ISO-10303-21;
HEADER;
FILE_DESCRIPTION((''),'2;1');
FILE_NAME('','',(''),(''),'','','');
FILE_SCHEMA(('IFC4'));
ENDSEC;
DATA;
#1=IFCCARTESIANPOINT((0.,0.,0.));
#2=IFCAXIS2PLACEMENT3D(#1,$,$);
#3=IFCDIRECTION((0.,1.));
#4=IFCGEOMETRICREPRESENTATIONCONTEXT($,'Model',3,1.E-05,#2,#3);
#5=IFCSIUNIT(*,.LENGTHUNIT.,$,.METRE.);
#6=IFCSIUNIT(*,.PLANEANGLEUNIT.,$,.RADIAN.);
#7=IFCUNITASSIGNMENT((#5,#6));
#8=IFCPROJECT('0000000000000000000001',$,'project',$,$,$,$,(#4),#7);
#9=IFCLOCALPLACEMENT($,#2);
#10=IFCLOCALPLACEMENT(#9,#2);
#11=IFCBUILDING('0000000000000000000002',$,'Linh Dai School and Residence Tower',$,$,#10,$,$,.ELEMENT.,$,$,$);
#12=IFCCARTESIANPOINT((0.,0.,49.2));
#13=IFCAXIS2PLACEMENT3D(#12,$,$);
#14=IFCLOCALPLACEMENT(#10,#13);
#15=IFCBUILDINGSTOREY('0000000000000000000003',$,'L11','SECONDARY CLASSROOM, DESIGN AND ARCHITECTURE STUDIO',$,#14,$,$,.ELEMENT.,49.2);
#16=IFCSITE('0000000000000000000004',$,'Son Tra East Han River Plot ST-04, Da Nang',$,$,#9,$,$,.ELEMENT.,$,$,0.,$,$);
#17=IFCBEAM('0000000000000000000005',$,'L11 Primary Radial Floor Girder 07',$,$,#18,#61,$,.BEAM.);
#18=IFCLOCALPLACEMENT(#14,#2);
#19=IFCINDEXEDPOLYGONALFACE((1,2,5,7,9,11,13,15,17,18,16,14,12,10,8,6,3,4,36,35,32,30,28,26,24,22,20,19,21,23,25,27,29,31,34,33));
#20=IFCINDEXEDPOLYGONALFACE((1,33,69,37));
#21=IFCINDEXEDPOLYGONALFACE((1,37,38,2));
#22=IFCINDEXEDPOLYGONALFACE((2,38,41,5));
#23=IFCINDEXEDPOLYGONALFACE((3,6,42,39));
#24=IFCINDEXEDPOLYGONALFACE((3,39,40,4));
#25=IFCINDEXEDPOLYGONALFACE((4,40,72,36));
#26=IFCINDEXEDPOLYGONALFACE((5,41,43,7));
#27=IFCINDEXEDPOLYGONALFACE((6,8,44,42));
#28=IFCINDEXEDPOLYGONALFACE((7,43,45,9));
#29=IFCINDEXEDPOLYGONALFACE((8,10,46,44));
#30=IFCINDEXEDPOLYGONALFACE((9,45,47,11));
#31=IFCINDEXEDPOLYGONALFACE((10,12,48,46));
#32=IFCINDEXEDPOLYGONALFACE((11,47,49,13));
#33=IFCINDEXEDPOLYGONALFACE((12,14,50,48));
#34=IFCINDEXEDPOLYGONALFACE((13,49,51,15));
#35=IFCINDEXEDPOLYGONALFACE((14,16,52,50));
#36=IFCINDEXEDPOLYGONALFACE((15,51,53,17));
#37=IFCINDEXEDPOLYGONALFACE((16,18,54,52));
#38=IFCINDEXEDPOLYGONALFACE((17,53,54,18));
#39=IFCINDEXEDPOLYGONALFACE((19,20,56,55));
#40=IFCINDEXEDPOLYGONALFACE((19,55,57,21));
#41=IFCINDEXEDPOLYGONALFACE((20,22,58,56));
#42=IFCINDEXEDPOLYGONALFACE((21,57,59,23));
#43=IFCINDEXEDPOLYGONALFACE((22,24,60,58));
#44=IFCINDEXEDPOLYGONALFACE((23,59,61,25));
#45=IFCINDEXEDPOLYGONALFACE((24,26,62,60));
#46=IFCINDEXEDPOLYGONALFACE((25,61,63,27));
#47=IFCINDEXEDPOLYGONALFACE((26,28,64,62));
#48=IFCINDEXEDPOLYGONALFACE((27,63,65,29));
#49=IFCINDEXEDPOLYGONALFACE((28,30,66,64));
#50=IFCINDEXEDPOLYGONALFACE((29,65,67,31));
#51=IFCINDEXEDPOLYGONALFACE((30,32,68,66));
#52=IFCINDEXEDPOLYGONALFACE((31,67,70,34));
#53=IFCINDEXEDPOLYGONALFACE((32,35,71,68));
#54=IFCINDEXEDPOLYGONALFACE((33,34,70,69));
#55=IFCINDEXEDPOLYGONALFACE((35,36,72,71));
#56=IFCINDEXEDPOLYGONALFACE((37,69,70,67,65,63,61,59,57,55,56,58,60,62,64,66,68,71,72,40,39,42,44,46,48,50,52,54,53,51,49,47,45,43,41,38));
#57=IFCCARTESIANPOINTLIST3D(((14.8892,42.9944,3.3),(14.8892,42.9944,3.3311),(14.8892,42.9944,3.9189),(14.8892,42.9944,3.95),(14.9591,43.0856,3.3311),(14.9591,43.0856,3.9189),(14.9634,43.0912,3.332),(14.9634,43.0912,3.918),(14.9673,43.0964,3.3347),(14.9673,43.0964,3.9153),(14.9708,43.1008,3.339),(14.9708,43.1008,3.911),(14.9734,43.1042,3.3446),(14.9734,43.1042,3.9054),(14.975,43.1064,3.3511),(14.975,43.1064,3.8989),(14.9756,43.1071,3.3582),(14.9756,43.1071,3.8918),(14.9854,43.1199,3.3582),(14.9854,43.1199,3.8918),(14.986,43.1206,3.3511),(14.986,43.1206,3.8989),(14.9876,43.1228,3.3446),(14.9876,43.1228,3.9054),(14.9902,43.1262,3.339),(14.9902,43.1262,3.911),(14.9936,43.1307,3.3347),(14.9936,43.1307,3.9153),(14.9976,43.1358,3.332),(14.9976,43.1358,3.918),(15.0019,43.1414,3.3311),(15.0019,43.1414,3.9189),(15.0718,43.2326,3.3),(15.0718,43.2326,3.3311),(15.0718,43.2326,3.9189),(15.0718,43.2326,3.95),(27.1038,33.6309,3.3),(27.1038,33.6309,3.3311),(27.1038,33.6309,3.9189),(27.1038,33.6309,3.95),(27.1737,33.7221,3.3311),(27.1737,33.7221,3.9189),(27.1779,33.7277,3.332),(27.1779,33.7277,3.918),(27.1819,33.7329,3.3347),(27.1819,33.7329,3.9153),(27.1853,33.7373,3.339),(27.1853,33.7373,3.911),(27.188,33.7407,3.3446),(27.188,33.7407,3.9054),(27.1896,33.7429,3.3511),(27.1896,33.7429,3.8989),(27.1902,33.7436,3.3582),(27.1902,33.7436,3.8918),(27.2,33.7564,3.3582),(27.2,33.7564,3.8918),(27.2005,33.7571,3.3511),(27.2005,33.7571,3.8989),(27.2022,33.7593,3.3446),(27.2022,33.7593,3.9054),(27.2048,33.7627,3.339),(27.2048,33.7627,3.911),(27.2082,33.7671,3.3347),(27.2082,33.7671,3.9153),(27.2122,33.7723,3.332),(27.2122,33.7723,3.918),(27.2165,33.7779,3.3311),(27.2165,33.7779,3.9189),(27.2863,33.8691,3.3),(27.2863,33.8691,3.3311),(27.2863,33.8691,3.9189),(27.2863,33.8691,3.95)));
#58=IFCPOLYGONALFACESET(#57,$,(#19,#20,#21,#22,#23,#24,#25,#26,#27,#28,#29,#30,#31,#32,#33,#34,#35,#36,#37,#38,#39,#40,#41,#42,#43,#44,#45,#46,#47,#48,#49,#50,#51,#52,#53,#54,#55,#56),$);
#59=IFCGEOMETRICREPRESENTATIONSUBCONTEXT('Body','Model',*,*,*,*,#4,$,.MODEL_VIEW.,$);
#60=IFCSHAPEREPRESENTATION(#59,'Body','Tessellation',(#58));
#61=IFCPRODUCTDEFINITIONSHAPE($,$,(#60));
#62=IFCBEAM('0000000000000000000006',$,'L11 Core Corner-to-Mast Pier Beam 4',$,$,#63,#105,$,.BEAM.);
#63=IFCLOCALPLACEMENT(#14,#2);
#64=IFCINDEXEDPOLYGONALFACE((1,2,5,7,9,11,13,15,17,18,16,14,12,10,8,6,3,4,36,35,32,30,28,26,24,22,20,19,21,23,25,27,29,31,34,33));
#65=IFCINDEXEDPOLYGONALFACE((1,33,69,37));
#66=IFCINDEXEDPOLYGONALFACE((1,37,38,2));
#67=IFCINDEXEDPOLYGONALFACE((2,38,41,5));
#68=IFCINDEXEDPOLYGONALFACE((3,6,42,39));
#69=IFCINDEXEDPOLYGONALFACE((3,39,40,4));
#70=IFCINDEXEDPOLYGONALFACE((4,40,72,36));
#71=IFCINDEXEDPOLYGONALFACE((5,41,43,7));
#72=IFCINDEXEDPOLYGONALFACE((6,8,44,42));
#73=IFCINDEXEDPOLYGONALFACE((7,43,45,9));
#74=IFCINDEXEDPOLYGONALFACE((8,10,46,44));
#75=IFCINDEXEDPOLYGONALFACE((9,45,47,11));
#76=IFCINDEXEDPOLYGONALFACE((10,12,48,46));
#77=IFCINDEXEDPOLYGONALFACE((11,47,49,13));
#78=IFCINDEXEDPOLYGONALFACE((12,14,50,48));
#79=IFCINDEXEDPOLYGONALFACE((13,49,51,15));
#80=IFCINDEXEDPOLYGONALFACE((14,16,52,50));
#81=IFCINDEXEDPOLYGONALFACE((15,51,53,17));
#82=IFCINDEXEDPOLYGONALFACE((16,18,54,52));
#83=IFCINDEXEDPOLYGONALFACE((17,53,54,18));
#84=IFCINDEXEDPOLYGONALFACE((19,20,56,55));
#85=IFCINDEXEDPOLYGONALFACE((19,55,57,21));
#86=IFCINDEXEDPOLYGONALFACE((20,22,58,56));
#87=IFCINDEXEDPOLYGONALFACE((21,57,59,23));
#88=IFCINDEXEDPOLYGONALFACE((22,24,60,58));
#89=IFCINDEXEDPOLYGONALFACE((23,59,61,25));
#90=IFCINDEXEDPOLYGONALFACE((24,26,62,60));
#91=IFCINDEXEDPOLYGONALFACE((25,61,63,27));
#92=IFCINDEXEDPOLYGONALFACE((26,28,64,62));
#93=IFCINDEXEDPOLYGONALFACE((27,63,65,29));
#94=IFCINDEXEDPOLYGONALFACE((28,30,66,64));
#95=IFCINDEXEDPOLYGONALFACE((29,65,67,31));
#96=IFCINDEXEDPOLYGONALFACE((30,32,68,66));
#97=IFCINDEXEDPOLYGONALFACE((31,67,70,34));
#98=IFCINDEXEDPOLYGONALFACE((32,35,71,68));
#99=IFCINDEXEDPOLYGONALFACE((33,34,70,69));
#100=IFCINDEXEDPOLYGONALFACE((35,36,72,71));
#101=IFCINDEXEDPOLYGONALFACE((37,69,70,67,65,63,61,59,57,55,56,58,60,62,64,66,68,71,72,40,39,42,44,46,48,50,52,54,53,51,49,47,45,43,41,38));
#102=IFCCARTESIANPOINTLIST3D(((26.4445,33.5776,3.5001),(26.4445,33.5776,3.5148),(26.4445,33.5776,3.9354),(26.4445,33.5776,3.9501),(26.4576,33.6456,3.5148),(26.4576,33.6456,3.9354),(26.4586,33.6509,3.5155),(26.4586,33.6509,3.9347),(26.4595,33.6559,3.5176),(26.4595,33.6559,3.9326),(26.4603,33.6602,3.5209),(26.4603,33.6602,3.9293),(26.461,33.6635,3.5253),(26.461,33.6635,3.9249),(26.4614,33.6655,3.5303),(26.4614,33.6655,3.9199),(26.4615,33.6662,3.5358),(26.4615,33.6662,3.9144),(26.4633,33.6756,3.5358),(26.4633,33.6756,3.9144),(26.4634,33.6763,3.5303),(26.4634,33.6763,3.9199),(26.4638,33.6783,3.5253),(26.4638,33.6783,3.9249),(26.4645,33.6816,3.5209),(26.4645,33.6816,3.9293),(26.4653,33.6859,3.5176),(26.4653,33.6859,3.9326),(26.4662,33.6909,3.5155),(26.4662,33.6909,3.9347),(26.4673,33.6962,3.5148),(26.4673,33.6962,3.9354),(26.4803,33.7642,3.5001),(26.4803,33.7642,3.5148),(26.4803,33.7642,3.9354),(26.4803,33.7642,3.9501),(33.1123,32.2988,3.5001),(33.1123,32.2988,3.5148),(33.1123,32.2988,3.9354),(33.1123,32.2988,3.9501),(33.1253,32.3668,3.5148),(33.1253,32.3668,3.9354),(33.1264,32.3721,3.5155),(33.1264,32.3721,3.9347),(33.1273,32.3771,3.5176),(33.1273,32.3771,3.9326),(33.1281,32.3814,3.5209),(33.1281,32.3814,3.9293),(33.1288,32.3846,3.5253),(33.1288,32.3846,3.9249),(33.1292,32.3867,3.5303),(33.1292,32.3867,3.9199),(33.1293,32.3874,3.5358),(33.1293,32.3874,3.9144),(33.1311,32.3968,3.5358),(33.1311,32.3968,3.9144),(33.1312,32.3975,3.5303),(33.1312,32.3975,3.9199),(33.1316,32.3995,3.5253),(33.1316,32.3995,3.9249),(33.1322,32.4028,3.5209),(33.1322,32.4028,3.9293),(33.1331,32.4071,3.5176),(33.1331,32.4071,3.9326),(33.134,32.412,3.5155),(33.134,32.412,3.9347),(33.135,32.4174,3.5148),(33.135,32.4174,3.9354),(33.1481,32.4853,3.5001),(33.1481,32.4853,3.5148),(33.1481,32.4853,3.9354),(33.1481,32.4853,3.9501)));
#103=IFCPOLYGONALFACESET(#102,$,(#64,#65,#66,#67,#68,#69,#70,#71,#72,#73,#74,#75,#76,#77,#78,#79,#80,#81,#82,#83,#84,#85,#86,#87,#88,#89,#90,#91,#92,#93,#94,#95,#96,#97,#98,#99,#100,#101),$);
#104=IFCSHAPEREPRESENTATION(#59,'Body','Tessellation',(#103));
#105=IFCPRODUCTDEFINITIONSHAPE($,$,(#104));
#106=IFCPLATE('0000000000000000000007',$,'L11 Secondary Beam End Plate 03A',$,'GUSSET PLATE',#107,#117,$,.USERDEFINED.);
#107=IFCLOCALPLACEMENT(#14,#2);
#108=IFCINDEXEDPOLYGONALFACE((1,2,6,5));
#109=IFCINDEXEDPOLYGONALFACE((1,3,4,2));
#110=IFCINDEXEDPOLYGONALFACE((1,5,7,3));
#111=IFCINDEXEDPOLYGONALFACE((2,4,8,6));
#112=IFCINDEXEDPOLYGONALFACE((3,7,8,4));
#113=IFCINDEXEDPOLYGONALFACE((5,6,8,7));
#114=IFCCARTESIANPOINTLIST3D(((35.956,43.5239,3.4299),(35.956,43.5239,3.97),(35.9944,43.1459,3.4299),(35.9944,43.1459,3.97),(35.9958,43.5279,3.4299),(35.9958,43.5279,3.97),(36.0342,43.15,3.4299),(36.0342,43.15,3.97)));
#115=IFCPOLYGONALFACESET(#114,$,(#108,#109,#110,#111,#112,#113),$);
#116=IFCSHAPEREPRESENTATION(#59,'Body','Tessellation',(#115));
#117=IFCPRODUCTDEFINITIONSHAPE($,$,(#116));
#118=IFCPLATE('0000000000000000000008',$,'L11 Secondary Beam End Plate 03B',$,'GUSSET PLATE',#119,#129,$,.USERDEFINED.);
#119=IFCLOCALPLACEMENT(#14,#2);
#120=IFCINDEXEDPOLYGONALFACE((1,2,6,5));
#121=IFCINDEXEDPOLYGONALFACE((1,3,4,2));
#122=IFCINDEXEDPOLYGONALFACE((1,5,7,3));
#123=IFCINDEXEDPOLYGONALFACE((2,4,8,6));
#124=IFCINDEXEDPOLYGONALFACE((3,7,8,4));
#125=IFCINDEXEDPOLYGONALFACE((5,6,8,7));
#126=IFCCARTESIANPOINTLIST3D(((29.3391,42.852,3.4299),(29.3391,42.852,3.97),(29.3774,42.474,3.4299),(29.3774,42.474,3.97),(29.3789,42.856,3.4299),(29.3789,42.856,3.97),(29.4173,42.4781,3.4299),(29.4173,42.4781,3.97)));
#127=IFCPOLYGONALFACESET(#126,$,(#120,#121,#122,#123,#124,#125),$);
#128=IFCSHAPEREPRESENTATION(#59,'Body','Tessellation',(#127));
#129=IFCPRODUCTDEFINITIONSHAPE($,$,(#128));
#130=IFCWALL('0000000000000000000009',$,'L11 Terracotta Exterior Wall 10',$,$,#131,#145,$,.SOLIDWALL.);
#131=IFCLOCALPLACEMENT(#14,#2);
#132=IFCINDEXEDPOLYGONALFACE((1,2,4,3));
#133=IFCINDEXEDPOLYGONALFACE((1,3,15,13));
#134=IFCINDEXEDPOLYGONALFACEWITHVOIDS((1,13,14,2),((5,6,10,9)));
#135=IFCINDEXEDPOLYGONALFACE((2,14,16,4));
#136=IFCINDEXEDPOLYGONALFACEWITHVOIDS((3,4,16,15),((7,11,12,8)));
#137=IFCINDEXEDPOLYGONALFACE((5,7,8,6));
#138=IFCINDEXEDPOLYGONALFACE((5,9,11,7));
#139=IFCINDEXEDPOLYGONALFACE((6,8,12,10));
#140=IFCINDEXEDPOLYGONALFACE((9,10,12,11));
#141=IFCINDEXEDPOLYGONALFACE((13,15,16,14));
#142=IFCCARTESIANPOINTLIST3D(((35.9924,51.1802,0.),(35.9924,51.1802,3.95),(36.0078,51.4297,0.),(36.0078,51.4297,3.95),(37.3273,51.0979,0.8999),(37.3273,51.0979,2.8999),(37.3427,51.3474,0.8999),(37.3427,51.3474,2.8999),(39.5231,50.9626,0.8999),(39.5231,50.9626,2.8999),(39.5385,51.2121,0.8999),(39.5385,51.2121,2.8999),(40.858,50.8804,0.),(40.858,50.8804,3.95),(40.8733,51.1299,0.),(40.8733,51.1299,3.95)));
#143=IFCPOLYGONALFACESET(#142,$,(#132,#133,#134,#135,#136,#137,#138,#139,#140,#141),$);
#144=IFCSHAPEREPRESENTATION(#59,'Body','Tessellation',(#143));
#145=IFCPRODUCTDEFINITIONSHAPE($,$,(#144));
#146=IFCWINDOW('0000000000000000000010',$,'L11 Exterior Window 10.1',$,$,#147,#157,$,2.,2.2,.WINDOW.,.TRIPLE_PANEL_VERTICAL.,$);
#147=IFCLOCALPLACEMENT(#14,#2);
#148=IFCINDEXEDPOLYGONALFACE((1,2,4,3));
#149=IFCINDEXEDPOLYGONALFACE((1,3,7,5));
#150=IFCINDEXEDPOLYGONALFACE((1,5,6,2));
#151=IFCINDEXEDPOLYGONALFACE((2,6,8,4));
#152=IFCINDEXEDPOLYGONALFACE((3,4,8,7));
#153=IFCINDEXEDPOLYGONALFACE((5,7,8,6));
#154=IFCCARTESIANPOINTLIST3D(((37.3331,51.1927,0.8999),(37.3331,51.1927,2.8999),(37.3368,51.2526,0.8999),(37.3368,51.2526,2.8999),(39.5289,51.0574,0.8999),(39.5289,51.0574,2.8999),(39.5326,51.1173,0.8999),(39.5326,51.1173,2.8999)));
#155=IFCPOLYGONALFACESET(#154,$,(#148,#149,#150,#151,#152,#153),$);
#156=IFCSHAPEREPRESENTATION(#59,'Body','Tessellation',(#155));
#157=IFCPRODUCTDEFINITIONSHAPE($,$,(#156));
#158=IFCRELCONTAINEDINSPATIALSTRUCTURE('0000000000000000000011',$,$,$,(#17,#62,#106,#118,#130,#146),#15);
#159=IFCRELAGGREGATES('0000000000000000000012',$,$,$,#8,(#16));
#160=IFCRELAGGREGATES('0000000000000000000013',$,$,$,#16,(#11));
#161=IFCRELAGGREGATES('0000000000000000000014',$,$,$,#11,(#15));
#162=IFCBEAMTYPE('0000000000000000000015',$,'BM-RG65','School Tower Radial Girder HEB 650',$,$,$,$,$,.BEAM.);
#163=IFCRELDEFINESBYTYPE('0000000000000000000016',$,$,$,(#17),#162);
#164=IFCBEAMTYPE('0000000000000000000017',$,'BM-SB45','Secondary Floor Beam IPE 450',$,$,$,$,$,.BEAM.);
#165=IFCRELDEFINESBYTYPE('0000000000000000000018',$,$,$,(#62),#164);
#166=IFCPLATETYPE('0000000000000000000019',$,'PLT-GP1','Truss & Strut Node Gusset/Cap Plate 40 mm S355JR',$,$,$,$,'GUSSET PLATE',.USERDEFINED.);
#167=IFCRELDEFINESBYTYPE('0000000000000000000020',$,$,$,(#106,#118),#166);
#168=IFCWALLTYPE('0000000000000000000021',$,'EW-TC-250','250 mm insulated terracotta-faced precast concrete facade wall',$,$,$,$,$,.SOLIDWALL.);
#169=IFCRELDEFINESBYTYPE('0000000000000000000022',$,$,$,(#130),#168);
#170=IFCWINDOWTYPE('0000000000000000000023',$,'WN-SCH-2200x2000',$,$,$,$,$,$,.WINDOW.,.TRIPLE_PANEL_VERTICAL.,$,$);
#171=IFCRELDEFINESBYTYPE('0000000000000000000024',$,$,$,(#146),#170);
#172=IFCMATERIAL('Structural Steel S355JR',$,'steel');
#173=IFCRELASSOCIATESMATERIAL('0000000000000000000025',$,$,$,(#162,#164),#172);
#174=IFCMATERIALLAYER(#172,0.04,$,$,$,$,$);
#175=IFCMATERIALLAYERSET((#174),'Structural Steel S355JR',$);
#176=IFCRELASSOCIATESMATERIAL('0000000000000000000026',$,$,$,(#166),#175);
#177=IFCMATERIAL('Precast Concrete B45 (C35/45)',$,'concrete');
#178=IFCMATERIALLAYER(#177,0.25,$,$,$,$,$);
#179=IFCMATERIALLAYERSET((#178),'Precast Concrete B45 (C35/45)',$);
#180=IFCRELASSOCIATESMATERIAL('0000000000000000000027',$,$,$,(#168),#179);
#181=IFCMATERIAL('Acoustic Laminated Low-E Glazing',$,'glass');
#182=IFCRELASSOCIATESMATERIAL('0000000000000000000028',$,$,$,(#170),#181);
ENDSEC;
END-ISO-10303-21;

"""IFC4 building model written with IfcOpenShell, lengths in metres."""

from ifc_helpers import new_model, si_unit, direction, frame, frame_2d, origin, origin_2d, place, context, subcontext, project, spatial, rectangle, i_section, extrude, source, transform, mapped, material, layer, layer_set, material_profile, profile_set, type_object, element, fill, save


model = new_model("IFC4")

# Units and contexts
model_context = context("Model", 3, precision=1e-05, world=origin(), true_north=direction((0.0, 1.0)))
body_context = subcontext(model_context, "Body", "Model", "MODEL_VIEW")
ifc_project = project(units=[si_unit("LENGTHUNIT", "METRE"), si_unit("PLANEANGLEUNIT", "RADIAN")], contexts=[model_context])

# Site, building, storey
site_placement = place(None, origin())
site = spatial("IfcSite", under=ifc_project, at=site_placement, Name="Son Tra East Han River Plot ST-04, Da Nang", CompositionType="ELEMENT", RefElevation=0.0)
building_placement = place(site_placement, origin())
building = spatial("IfcBuilding", under=site, at=building_placement, Name="Linh Dai School and Residence Tower", CompositionType="ELEMENT")
storey_placement = place(building_placement, frame((0.0, 0.0, 49.2)))
storey = spatial("IfcBuildingStorey", under=building, at=storey_placement, Name="L11", Description="SECONDARY CLASSROOM, DESIGN AND ARCHITECTURE STUDIO", CompositionType="ELEMENT", Elevation=49.2)

# Shared definitions
ifc_material_1 = material(Name="Structural Steel S355JR", Category="steel")

# Beams
ifc_material_profile_1 = material_profile(ifc_material_1, i_section(OverallWidth=0.3, OverallDepth=0.6499, WebThickness=0.0161, FlangeThickness=0.031, FilletRadius=0.0271, at=origin_2d()), Name="HEB 650")
ifc_profile_set_1 = profile_set([ifc_material_profile_1], Name="Structural Steel S355JR")
beam_type_1 = type_object("IfcBeamType", Name="BM-RG65", Description="School Tower Radial Girder HEB 650", PredefinedType="BEAM", material=ifc_profile_set_1)
beam_1_placement = place(storey_placement, frame((27.1951, 33.75, 3.625), z_axis=(-0.793638, 0.608391, 0.0), x_axis=(-0.608391, -0.793638, 0.0)))
element("IfcBeam", 1, at=beam_1_placement, inside=storey, type_object=beam_type_1, Name="L11 Primary Radial Floor Girder 07", PredefinedType="BEAM", context=body_context, shape_type="SweptSolid", body=[
    extrude(i_section(OverallWidth=0.3, OverallDepth=0.6499, WebThickness=0.0161, FlangeThickness=0.031, FilletRadius=0.0271, at=origin_2d()), origin(), (0.0, 0.0, 1.0), 15.3906),
])
ifc_material_profile_2 = material_profile(ifc_material_1, i_section(OverallWidth=0.1899, OverallDepth=0.45, WebThickness=0.0095, FlangeThickness=0.0146, FilletRadius=0.021, at=origin_2d()), Name="IPE 450")
ifc_profile_set_2 = profile_set([ifc_material_profile_2], Name="Structural Steel S355JR")
beam_type_2 = type_object("IfcBeamType", Name="BM-SB45", Description="Secondary Floor Beam IPE 450", PredefinedType="BEAM", material=ifc_profile_set_2)
beam_2_placement = place(storey_placement, frame((26.4624, 33.6709, 3.7251), z_axis=(0.9821, -0.188358, 0.0), x_axis=(0.188358, 0.9821, 0.0)))
element("IfcBeam", 2, at=beam_2_placement, inside=storey, type_object=beam_type_2, Name="L11 Core Corner-to-Mast Pier Beam 4", PredefinedType="BEAM", context=body_context, shape_type="SweptSolid", body=[
    extrude(i_section(OverallWidth=0.1899, OverallDepth=0.45, WebThickness=0.0095, FlangeThickness=0.0146, FilletRadius=0.021, at=origin_2d()), origin(), (0.0, 0.0, 1.0), 6.7893),
])

# Plates
ifc_layer_1 = layer(ifc_material_1, 0.04)
ifc_layer_set_1 = layer_set([ifc_layer_1], Name="Structural Steel S355JR")
plate_type = type_object("IfcPlateType", Name="PLT-GP1", Description="Truss & Strut Node Gusset/Cap Plate 40 mm S355JR", ElementType="GUSSET PLATE", PredefinedType="USERDEFINED", material=ifc_layer_set_1)
shared_shape_1 = source(origin(), body_context, "Body", "SweptSolid", [
    extrude(rectangle(XDim=0.04, YDim=0.3799, at=origin_2d()), origin(), (0.0, 0.0, 1.0), 0.54),
])
for number, where, z_axis, x_axis, name in (
    (3, (35.9951, 43.3369, 3.4299), (0.0, 0.0, 1.0), (-0.994884, -0.101023, 0.0), "L11 Secondary Beam End Plate 03A"),
    (4, (29.3782, 42.665, 3.4299), (0.0, 0.0, 1.0), (-0.994884, -0.101023, 0.0), "L11 Secondary Beam End Plate 03B"),
):
    element("IfcPlate", number, at=place(storey_placement, frame(where, z_axis=z_axis, x_axis=x_axis)), inside=storey, type_object=plate_type, Name=name, ObjectType="GUSSET PLATE", PredefinedType="USERDEFINED", context=body_context, shape_type="MappedRepresentation", body=[
        mapped(shared_shape_1, transform((0.0, 0.0, 0.0), x_axis=(1.0, 0.0, 0.0), y_axis=(0.0, 1.0, 0.0), z_axis=(0.0, 0.0, 1.0), scale=1.0)),
    ])

# Wall, opening, window
ifc_material_2 = material(Name="Precast Concrete B45 (C35/45)", Category="concrete")
ifc_layer_2 = layer(ifc_material_2, 0.25)
ifc_layer_set_2 = layer_set([ifc_layer_2], Name="Precast Concrete B45 (C35/45)")
wall_type_1 = type_object("IfcWallType", Name="EW-TC-250", Description="250 mm insulated terracotta-faced precast concrete facade wall", PredefinedType="SOLIDWALL", material=ifc_layer_set_2)
wall_1_placement = place(storey_placement, frame((36.0, 51.3049, 0.0), z_axis=(0.0, 0.0, 1.0), x_axis=(0.998107, -0.061502, 0.0)))
wall_1 = element("IfcWall", 5, at=wall_1_placement, inside=storey, type_object=wall_type_1, Name="L11 Terracotta Exterior Wall 10", PredefinedType="SOLIDWALL", context=body_context, shape_type="SweptSolid", body=[
    extrude(rectangle(XDim=4.8748, YDim=0.25, at=frame_2d((2.4375, 0.0))), origin(), (0.0, 0.0, 1.0), 3.95),
])
opening_1_placement = place(wall_1_placement, frame((1.3374, 0.0, 0.8999)))
opening_1 = element("IfcOpeningElement", 6, at=opening_1_placement, cuts=wall_1, PredefinedType="OPENING", context=body_context, shape_type="SweptSolid", body=[
    extrude(rectangle(XDim=2.2, YDim=2.0, at=origin_2d()), frame((1.1001, 0.135, 1.0), z_axis=(0.0, -1.0, 0.0), x_axis=(1.0, 0.0, 0.0)), (0.0, 0.0, 1.0), 0.27),
])
ifc_material_3 = material(Name="Acoustic Laminated Low-E Glazing", Category="glass")
window_type = type_object("IfcWindowType", Name="WN-SCH-2200x2000", PartitioningType="TRIPLE_PANEL_VERTICAL", PredefinedType="WINDOW", material=ifc_material_3)
shared_shape_2 = source(origin(), body_context, "Body", "SweptSolid", [
    extrude(rectangle(XDim=2.2, YDim=2.0, at=origin_2d()), frame((1.1001, 0.03, 1.0), z_axis=(0.0, -1.0, 0.0), x_axis=(1.0, 0.0, 0.0)), (0.0, 0.0, 1.0), 0.0601),
])
window_1_placement = place(opening_1_placement, origin())
window_1 = element("IfcWindow", 7, at=window_1_placement, inside=storey, type_object=window_type, Name="L11 Exterior Window 10.1", OverallHeight=2.0, OverallWidth=2.2, PartitioningType="TRIPLE_PANEL_VERTICAL", PredefinedType="WINDOW", context=body_context, shape_type="MappedRepresentation", body=[
    mapped(shared_shape_2, transform((0.0, 0.0, 0.0), x_axis=(1.0, 0.0, 0.0), y_axis=(0.0, 1.0, 0.0), z_axis=(0.0, 0.0, 1.0), scale=1.0)),
])
fill(opening_1, window_1)

save(model, "model.ifc")
